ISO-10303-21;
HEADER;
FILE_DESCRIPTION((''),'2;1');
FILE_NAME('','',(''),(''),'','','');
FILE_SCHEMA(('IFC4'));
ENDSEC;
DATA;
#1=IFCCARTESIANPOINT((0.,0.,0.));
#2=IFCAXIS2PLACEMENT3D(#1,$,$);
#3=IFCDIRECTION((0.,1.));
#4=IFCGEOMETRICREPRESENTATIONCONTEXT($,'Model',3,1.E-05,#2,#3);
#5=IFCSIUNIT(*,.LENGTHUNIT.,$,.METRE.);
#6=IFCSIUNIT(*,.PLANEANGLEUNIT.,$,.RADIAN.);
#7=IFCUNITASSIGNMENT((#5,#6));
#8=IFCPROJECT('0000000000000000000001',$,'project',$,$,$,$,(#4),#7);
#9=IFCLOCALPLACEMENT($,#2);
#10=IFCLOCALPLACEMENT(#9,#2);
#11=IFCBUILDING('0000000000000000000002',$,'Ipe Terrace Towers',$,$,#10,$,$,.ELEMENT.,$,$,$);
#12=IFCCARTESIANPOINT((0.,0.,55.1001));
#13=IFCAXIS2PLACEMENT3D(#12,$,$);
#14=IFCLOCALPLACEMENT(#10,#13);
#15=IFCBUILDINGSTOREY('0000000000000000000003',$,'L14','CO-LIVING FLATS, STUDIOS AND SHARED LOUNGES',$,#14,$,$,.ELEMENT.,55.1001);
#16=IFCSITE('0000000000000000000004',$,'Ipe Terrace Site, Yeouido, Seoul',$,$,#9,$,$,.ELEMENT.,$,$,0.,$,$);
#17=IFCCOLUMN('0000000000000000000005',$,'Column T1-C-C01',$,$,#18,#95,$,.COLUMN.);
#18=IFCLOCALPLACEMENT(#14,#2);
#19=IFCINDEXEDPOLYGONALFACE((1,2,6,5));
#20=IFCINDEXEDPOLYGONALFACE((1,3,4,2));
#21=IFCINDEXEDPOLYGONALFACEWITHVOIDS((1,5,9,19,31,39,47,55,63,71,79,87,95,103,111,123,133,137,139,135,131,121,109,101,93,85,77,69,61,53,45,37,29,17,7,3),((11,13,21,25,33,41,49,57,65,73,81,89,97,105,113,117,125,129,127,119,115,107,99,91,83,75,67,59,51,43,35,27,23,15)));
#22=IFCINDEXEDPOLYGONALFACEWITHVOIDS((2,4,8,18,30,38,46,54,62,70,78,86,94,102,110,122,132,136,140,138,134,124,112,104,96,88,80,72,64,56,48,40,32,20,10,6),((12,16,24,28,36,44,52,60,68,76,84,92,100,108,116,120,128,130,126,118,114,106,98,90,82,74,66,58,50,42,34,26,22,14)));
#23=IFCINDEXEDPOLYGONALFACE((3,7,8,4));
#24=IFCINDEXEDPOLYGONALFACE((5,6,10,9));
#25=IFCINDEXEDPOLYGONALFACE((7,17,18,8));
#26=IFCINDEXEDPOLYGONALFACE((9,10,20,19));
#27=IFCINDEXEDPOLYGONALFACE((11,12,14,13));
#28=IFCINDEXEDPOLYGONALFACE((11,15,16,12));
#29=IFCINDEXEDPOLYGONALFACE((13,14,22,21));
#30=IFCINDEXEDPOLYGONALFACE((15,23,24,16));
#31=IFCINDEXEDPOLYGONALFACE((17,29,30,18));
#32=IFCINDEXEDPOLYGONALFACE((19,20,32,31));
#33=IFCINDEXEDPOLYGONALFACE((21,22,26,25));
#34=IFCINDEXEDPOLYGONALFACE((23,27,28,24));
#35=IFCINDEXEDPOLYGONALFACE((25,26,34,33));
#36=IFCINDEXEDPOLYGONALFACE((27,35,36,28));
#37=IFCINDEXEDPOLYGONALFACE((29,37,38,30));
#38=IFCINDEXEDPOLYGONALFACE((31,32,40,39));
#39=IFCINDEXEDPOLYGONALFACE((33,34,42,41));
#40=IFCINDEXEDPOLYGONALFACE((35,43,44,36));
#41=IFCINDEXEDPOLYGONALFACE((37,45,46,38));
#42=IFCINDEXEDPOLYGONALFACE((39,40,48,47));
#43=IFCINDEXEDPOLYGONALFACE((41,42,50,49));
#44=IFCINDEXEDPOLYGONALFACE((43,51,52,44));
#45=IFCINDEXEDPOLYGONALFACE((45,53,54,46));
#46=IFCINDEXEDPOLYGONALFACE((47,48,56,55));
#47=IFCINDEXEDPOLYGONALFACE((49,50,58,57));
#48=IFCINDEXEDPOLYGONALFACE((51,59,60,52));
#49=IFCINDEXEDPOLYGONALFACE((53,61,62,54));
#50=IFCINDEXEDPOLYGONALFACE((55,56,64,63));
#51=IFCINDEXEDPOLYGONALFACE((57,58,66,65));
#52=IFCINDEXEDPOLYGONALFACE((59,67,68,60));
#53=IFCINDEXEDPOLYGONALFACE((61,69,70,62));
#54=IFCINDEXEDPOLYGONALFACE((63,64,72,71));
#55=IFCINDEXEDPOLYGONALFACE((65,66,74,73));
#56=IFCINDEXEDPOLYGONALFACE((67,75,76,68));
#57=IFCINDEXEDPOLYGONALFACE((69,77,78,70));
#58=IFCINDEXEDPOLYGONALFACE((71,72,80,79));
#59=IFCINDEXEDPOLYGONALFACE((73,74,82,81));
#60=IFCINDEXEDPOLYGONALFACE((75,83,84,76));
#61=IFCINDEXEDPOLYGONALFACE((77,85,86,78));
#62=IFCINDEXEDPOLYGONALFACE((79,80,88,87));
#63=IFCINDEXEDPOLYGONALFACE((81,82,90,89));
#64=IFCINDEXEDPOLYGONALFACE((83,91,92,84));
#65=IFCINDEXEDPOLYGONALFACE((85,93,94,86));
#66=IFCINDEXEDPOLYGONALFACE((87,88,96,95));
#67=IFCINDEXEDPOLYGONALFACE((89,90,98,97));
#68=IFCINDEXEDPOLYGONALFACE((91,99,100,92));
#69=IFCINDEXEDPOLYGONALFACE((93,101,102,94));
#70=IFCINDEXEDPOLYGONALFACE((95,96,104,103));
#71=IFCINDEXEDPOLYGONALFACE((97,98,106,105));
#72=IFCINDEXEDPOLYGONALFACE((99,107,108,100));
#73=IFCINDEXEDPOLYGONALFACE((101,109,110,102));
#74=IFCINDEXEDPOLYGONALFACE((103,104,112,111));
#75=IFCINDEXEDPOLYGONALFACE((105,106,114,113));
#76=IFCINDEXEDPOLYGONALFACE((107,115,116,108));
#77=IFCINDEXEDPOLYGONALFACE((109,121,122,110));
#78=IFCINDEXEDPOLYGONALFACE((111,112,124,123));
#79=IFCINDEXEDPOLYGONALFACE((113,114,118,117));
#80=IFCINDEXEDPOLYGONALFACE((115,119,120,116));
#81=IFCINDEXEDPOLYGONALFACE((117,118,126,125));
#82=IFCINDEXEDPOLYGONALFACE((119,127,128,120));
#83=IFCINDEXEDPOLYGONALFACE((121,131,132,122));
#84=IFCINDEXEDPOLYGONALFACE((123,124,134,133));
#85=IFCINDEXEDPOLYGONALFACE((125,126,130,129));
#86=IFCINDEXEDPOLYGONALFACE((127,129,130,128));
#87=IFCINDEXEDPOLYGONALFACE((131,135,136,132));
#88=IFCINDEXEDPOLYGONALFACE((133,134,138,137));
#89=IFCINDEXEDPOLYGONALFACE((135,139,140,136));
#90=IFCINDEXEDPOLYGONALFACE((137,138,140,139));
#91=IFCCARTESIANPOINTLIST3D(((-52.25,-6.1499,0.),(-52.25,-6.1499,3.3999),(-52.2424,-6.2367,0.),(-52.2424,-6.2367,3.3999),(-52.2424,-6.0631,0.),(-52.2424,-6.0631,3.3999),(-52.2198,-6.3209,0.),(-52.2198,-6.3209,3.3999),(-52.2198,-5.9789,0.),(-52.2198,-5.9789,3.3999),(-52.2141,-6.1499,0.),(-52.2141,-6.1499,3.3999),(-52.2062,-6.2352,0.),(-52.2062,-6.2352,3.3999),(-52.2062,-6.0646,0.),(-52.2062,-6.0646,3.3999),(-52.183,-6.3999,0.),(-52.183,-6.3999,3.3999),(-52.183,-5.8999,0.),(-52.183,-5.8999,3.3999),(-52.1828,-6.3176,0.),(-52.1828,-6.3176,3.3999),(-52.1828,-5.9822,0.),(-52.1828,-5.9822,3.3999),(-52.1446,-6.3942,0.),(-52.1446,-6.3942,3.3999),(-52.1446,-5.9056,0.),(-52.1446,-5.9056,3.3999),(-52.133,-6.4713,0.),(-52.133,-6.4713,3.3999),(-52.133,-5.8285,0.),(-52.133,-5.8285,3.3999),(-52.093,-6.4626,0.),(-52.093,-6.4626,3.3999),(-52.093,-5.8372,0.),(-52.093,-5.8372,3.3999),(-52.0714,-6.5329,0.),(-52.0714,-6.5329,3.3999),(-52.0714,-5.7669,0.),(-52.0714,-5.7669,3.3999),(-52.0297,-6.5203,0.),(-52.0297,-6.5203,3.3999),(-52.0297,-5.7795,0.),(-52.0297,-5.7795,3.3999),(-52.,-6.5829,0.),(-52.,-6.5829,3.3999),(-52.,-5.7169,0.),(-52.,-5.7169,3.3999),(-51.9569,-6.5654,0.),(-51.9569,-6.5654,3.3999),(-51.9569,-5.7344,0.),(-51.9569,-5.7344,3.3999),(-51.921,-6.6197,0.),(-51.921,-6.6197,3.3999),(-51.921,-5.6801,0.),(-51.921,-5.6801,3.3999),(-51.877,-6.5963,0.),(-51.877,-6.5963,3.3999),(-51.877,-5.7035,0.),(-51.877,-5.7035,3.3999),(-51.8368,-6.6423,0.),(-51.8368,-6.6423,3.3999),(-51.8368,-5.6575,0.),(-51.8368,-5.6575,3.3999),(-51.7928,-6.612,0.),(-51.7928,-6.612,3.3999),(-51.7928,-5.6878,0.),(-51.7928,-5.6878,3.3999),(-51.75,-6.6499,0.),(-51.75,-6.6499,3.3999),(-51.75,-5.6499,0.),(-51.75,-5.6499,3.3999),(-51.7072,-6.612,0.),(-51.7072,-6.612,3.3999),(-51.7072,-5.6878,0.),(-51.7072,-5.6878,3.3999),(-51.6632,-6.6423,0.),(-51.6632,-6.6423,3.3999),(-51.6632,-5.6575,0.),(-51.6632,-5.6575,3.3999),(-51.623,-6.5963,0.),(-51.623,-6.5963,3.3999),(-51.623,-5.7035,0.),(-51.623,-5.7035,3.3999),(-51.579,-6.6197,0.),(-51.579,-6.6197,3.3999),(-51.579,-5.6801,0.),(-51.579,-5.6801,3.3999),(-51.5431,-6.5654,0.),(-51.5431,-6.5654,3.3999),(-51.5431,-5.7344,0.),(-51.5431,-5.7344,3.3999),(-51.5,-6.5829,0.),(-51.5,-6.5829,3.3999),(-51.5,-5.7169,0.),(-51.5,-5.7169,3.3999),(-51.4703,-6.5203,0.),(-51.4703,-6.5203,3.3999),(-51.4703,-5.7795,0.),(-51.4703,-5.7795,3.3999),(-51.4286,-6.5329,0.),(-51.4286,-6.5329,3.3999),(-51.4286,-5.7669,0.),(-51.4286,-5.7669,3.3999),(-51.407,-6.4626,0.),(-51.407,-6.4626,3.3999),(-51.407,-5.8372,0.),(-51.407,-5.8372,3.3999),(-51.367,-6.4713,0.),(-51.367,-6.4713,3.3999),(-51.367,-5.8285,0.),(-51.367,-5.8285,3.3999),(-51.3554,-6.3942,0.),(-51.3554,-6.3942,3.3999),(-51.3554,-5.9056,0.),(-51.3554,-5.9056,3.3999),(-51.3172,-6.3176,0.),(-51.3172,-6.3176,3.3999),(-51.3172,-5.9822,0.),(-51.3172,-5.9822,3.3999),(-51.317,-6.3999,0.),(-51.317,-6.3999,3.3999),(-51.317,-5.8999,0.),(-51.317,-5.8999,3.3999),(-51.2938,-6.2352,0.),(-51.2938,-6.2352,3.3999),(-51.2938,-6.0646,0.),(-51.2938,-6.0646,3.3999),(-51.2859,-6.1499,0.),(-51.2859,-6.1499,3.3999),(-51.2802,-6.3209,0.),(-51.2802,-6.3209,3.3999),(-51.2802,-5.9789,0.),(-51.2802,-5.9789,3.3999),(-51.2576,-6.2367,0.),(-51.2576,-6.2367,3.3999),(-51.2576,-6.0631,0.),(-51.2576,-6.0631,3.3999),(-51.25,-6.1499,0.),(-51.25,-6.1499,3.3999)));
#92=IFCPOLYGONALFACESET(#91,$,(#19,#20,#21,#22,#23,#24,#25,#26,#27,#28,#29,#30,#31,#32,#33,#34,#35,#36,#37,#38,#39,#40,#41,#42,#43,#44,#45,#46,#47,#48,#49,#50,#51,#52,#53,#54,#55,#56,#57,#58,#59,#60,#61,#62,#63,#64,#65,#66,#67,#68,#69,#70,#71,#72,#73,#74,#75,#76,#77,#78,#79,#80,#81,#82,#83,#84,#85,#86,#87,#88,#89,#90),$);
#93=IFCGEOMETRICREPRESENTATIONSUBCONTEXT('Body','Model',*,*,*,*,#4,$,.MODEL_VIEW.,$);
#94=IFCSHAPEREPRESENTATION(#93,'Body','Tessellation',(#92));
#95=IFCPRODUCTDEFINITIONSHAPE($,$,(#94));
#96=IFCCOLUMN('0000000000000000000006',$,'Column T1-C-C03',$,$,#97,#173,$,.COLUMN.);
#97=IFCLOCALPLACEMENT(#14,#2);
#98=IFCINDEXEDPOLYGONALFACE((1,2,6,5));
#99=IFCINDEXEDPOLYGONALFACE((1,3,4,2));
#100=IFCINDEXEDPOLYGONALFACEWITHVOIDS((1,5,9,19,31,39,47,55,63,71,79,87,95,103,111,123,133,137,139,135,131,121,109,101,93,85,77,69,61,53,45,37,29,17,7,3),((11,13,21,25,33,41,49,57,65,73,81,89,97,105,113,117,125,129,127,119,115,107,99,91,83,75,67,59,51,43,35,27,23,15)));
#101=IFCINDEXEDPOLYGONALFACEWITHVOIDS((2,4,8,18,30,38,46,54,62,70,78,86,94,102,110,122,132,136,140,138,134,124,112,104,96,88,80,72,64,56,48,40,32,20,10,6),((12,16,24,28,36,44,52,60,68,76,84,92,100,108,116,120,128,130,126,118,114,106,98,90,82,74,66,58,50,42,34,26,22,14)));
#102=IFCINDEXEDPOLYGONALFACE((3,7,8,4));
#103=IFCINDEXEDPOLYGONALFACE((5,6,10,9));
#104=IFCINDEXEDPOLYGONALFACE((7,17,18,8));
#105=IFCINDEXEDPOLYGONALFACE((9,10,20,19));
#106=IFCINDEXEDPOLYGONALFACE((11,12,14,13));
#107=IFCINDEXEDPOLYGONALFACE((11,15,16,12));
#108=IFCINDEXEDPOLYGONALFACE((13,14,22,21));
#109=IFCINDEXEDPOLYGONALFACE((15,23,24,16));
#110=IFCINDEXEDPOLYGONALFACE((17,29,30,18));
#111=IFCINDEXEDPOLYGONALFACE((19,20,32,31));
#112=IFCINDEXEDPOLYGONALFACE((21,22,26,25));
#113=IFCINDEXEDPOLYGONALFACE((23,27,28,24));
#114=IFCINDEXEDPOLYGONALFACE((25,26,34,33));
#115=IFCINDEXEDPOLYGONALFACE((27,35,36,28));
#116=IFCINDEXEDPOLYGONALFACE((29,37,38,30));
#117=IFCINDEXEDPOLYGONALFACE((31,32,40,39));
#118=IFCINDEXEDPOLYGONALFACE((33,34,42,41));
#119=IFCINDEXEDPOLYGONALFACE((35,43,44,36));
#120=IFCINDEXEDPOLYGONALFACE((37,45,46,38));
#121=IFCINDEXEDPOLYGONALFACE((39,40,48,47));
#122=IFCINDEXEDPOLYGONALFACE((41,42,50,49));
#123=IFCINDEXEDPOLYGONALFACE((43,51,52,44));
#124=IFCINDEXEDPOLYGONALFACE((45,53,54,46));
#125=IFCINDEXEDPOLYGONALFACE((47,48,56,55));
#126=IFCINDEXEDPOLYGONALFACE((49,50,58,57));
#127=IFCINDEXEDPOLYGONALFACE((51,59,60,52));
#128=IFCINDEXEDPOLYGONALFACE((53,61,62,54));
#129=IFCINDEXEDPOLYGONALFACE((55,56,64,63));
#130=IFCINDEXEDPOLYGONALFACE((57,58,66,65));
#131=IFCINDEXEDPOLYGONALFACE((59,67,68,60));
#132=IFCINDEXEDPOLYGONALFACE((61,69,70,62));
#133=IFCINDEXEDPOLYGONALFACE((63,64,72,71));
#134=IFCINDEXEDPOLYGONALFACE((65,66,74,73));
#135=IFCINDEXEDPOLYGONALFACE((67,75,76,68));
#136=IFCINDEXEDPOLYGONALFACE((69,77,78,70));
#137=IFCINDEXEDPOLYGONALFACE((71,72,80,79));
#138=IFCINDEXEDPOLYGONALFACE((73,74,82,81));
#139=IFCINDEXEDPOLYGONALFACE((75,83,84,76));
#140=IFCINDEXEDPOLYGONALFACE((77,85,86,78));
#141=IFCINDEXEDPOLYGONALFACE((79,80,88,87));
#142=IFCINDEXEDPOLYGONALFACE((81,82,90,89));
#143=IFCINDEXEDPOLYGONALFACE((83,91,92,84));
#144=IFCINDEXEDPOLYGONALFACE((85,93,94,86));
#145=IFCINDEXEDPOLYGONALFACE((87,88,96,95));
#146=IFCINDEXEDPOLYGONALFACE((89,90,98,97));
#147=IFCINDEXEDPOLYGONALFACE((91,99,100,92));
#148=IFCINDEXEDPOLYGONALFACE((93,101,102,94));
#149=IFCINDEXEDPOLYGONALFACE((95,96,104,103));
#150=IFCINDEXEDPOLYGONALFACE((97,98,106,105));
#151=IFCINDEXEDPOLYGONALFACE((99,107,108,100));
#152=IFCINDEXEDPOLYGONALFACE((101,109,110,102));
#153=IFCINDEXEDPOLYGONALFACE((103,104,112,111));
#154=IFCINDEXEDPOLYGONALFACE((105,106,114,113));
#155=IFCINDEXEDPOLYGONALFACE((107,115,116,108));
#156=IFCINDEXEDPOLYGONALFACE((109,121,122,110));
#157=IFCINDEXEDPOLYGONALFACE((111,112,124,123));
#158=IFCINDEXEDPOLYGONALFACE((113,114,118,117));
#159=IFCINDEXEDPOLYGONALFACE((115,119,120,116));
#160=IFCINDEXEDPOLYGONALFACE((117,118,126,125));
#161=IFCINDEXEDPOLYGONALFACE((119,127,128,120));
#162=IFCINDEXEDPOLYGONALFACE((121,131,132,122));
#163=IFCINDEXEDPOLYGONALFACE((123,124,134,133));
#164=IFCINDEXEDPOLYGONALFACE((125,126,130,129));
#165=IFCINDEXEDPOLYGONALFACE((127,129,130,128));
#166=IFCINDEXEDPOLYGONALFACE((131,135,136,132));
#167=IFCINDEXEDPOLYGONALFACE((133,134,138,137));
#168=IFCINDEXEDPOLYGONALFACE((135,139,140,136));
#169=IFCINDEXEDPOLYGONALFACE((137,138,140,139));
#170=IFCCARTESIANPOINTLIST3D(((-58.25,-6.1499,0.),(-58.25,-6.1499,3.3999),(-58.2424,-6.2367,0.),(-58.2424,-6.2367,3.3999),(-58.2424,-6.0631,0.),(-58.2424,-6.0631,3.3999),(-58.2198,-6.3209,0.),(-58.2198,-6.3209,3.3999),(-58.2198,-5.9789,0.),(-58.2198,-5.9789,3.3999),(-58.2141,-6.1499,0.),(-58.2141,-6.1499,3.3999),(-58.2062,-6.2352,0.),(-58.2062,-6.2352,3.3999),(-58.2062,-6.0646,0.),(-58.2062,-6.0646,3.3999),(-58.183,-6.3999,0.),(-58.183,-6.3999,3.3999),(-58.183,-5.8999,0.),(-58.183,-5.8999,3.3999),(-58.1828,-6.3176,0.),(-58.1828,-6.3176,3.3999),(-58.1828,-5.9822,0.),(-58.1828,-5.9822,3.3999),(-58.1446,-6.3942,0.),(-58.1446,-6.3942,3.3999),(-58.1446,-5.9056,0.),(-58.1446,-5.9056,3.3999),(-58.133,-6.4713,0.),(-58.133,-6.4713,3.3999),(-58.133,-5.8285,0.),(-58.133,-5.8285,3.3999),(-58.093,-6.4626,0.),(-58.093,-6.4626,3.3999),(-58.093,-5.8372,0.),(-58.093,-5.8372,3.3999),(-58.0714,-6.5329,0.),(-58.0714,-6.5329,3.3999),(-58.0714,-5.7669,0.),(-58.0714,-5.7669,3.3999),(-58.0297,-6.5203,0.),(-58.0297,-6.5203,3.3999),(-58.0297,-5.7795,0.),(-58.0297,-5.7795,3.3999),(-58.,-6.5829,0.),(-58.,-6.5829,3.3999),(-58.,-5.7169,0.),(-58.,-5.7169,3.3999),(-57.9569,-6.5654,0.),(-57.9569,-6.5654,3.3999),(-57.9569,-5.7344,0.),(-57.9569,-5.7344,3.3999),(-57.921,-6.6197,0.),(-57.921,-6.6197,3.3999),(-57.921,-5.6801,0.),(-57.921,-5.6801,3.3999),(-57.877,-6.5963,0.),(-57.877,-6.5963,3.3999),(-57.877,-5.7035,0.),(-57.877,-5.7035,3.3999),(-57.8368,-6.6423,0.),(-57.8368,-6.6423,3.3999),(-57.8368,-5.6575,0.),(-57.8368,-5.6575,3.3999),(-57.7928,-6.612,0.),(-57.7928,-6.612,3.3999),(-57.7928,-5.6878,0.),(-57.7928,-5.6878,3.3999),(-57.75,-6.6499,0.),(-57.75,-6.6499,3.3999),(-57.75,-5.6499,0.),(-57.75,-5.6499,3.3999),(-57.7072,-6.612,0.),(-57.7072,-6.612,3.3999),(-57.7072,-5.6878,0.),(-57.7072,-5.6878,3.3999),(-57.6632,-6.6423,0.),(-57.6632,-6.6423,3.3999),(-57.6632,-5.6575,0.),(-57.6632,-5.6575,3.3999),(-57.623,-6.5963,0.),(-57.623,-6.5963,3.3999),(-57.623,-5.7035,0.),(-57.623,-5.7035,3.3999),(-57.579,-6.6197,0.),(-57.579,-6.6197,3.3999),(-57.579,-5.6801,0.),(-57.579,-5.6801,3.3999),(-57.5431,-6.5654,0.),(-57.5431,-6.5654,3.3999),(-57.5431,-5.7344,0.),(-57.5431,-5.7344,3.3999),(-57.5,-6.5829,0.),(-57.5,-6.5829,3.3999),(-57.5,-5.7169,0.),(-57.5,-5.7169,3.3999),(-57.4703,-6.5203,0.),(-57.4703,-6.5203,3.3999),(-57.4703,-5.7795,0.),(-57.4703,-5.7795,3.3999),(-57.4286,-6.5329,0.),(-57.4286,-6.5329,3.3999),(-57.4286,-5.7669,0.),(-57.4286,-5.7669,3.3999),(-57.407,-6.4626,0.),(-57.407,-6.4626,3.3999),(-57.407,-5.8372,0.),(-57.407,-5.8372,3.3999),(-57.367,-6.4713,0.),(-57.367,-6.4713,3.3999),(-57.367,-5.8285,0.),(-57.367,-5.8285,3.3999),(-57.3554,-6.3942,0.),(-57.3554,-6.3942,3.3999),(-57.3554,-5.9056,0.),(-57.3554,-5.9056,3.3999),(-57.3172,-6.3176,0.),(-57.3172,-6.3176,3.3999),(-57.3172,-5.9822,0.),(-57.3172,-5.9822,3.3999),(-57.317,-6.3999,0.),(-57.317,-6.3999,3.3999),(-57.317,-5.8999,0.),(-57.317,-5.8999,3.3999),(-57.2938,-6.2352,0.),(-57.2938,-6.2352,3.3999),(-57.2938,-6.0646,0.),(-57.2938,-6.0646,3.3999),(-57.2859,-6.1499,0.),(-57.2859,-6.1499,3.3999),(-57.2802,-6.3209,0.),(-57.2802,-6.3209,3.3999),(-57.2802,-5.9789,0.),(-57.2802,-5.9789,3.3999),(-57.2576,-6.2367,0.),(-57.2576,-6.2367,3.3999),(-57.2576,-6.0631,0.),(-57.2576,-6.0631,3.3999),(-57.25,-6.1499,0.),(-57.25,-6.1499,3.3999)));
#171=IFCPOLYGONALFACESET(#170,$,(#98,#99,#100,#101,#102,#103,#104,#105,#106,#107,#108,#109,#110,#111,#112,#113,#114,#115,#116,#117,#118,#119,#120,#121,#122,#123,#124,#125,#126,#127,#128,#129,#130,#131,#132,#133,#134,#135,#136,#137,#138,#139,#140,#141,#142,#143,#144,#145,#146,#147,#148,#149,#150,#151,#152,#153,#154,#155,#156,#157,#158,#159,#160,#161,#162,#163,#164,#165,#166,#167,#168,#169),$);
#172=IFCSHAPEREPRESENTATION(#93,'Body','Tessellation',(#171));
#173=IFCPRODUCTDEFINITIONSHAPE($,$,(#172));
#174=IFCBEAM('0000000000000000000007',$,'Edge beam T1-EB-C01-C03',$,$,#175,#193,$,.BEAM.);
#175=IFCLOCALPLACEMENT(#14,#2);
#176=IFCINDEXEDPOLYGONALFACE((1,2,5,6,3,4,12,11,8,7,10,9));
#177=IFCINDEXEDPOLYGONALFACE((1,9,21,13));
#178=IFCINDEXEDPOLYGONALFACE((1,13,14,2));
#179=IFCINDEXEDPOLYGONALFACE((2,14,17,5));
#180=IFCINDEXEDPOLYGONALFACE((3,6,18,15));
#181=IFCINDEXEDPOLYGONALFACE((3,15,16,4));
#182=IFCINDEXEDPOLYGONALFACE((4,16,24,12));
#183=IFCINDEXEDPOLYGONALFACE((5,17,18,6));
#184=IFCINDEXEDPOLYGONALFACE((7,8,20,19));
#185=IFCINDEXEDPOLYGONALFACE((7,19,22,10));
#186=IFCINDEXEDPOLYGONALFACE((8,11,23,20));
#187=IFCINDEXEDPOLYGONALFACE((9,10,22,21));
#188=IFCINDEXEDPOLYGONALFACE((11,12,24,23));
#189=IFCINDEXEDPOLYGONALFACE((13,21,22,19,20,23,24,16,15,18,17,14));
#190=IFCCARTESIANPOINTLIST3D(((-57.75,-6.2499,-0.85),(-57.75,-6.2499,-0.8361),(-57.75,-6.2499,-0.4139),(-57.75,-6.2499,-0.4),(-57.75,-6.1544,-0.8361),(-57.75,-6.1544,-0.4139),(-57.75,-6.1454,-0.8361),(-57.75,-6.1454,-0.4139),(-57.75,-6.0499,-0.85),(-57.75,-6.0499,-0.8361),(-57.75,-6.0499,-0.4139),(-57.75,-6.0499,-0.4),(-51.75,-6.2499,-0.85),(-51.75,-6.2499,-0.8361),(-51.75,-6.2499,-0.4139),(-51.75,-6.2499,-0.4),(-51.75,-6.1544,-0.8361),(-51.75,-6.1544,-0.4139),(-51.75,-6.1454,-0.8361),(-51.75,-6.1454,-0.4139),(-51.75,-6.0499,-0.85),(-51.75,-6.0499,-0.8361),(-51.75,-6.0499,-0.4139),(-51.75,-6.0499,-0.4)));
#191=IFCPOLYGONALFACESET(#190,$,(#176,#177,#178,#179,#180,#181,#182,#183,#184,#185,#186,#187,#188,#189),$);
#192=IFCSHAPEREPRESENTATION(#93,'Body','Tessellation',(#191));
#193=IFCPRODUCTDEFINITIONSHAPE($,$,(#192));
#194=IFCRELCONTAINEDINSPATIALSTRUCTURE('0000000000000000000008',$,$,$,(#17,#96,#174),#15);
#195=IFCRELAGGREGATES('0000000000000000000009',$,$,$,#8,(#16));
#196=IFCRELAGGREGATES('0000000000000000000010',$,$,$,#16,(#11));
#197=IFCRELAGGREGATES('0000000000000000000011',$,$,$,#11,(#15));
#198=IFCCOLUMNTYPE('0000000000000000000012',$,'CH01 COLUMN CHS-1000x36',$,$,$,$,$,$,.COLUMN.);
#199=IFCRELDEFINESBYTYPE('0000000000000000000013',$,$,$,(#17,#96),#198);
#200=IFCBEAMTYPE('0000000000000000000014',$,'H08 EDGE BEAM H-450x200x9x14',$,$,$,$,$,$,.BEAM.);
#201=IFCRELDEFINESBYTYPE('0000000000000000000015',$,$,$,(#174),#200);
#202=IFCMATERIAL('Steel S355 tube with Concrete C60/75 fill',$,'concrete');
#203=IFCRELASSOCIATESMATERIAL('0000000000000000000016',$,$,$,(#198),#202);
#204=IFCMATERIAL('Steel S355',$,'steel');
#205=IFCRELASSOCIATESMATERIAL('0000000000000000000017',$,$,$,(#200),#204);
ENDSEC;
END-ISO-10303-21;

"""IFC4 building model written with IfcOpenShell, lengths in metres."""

from ifc_helpers import new_model, si_unit, direction, frame, origin, origin_2d, place, context, subcontext, project, spatial, hollow_circle, i_section, extrude, material, material_profile, profile_set, type_object, element, save


model = new_model("IFC4")

# Units and contexts
model_context = context("Model", 3, precision=1e-05, world=origin(), true_north=direction((0.0, 1.0)))
body_context = subcontext(model_context, "Body", "Model", "MODEL_VIEW")
ifc_project = project(units=[si_unit("LENGTHUNIT", "METRE"), si_unit("PLANEANGLEUNIT", "RADIAN")], contexts=[model_context])

# Site, building, storey
site_placement = place(None, origin())
site = spatial("IfcSite", under=ifc_project, at=site_placement, Name="Ipe Terrace Site, Yeouido, Seoul", CompositionType="ELEMENT", RefElevation=0.0)
building_placement = place(site_placement, origin())
building = spatial("IfcBuilding", under=site, at=building_placement, Name="Ipe Terrace Towers", CompositionType="ELEMENT")
storey_placement = place(building_placement, frame((0.0, 0.0, 55.1001)))
storey = spatial("IfcBuildingStorey", under=building, at=storey_placement, Name="L14", Description="CO-LIVING FLATS, STUDIOS AND SHARED LOUNGES", CompositionType="ELEMENT", Elevation=55.1001)

# Columns
ifc_material_1 = material(Name="Steel S355 tube with Concrete C60/75 fill", Category="concrete")
ifc_material_profile_1 = material_profile(ifc_material_1, hollow_circle(Radius=0.5, WallThickness=0.0359, at=origin_2d()), Name="CHS-1000x36")
ifc_profile_set_1 = profile_set([ifc_material_profile_1], Name="Steel S355 tube with Concrete C60/75 fill")
column_type = type_object("IfcColumnType", Name="CH01 COLUMN CHS-1000x36", PredefinedType="COLUMN", material=ifc_profile_set_1)
for number, where, z_axis, x_axis, name in (
    (1, (-51.75, -6.1499, 0.0), (0.0, 0.0, 1.0), (1.0, 0.0, 0.0), "Column T1-C-C01"),
    (2, (-57.75, -6.1499, 0.0), (0.0, 0.0, 1.0), (1.0, 0.0, 0.0), "Column T1-C-C03"),
):
    element("IfcColumn", number, at=place(storey_placement, frame(where, z_axis=z_axis, x_axis=x_axis)), inside=storey, type_object=column_type, Name=name, PredefinedType="COLUMN", context=body_context, shape_type="SweptSolid", body=[
        extrude(hollow_circle(Radius=0.5, WallThickness=0.0359, at=origin_2d()), origin(), (0.0, 0.0, 1.0), 3.3999),
    ])

# Beam
ifc_material_2 = material(Name="Steel S355", Category="steel")
ifc_material_profile_2 = material_profile(ifc_material_2, i_section(OverallWidth=0.2, OverallDepth=0.45, WebThickness=0.009, FlangeThickness=0.0139, at=origin_2d()), Name="H-450x200x9x14")
ifc_profile_set_2 = profile_set([ifc_material_profile_2], Name="Steel S355")
beam_type = type_object("IfcBeamType", Name="H08 EDGE BEAM H-450x200x9x14", PredefinedType="BEAM", material=ifc_profile_set_2)
beam_placement = place(storey_placement, frame((-51.75, -6.1499, -0.625), z_axis=(-1.0, 0.0, 0.0), x_axis=(0.0, -1.0, 0.0)))
element("IfcBeam", 3, at=beam_placement, inside=storey, type_object=beam_type, Name="Edge beam T1-EB-C01-C03", PredefinedType="BEAM", context=body_context, shape_type="SweptSolid", body=[
    extrude(i_section(OverallWidth=0.2, OverallDepth=0.45, WebThickness=0.009, FlangeThickness=0.0139, at=origin_2d()), origin(), (0.0, 0.0, 1.0), 6.0),
])

save(model, "model.ifc")
